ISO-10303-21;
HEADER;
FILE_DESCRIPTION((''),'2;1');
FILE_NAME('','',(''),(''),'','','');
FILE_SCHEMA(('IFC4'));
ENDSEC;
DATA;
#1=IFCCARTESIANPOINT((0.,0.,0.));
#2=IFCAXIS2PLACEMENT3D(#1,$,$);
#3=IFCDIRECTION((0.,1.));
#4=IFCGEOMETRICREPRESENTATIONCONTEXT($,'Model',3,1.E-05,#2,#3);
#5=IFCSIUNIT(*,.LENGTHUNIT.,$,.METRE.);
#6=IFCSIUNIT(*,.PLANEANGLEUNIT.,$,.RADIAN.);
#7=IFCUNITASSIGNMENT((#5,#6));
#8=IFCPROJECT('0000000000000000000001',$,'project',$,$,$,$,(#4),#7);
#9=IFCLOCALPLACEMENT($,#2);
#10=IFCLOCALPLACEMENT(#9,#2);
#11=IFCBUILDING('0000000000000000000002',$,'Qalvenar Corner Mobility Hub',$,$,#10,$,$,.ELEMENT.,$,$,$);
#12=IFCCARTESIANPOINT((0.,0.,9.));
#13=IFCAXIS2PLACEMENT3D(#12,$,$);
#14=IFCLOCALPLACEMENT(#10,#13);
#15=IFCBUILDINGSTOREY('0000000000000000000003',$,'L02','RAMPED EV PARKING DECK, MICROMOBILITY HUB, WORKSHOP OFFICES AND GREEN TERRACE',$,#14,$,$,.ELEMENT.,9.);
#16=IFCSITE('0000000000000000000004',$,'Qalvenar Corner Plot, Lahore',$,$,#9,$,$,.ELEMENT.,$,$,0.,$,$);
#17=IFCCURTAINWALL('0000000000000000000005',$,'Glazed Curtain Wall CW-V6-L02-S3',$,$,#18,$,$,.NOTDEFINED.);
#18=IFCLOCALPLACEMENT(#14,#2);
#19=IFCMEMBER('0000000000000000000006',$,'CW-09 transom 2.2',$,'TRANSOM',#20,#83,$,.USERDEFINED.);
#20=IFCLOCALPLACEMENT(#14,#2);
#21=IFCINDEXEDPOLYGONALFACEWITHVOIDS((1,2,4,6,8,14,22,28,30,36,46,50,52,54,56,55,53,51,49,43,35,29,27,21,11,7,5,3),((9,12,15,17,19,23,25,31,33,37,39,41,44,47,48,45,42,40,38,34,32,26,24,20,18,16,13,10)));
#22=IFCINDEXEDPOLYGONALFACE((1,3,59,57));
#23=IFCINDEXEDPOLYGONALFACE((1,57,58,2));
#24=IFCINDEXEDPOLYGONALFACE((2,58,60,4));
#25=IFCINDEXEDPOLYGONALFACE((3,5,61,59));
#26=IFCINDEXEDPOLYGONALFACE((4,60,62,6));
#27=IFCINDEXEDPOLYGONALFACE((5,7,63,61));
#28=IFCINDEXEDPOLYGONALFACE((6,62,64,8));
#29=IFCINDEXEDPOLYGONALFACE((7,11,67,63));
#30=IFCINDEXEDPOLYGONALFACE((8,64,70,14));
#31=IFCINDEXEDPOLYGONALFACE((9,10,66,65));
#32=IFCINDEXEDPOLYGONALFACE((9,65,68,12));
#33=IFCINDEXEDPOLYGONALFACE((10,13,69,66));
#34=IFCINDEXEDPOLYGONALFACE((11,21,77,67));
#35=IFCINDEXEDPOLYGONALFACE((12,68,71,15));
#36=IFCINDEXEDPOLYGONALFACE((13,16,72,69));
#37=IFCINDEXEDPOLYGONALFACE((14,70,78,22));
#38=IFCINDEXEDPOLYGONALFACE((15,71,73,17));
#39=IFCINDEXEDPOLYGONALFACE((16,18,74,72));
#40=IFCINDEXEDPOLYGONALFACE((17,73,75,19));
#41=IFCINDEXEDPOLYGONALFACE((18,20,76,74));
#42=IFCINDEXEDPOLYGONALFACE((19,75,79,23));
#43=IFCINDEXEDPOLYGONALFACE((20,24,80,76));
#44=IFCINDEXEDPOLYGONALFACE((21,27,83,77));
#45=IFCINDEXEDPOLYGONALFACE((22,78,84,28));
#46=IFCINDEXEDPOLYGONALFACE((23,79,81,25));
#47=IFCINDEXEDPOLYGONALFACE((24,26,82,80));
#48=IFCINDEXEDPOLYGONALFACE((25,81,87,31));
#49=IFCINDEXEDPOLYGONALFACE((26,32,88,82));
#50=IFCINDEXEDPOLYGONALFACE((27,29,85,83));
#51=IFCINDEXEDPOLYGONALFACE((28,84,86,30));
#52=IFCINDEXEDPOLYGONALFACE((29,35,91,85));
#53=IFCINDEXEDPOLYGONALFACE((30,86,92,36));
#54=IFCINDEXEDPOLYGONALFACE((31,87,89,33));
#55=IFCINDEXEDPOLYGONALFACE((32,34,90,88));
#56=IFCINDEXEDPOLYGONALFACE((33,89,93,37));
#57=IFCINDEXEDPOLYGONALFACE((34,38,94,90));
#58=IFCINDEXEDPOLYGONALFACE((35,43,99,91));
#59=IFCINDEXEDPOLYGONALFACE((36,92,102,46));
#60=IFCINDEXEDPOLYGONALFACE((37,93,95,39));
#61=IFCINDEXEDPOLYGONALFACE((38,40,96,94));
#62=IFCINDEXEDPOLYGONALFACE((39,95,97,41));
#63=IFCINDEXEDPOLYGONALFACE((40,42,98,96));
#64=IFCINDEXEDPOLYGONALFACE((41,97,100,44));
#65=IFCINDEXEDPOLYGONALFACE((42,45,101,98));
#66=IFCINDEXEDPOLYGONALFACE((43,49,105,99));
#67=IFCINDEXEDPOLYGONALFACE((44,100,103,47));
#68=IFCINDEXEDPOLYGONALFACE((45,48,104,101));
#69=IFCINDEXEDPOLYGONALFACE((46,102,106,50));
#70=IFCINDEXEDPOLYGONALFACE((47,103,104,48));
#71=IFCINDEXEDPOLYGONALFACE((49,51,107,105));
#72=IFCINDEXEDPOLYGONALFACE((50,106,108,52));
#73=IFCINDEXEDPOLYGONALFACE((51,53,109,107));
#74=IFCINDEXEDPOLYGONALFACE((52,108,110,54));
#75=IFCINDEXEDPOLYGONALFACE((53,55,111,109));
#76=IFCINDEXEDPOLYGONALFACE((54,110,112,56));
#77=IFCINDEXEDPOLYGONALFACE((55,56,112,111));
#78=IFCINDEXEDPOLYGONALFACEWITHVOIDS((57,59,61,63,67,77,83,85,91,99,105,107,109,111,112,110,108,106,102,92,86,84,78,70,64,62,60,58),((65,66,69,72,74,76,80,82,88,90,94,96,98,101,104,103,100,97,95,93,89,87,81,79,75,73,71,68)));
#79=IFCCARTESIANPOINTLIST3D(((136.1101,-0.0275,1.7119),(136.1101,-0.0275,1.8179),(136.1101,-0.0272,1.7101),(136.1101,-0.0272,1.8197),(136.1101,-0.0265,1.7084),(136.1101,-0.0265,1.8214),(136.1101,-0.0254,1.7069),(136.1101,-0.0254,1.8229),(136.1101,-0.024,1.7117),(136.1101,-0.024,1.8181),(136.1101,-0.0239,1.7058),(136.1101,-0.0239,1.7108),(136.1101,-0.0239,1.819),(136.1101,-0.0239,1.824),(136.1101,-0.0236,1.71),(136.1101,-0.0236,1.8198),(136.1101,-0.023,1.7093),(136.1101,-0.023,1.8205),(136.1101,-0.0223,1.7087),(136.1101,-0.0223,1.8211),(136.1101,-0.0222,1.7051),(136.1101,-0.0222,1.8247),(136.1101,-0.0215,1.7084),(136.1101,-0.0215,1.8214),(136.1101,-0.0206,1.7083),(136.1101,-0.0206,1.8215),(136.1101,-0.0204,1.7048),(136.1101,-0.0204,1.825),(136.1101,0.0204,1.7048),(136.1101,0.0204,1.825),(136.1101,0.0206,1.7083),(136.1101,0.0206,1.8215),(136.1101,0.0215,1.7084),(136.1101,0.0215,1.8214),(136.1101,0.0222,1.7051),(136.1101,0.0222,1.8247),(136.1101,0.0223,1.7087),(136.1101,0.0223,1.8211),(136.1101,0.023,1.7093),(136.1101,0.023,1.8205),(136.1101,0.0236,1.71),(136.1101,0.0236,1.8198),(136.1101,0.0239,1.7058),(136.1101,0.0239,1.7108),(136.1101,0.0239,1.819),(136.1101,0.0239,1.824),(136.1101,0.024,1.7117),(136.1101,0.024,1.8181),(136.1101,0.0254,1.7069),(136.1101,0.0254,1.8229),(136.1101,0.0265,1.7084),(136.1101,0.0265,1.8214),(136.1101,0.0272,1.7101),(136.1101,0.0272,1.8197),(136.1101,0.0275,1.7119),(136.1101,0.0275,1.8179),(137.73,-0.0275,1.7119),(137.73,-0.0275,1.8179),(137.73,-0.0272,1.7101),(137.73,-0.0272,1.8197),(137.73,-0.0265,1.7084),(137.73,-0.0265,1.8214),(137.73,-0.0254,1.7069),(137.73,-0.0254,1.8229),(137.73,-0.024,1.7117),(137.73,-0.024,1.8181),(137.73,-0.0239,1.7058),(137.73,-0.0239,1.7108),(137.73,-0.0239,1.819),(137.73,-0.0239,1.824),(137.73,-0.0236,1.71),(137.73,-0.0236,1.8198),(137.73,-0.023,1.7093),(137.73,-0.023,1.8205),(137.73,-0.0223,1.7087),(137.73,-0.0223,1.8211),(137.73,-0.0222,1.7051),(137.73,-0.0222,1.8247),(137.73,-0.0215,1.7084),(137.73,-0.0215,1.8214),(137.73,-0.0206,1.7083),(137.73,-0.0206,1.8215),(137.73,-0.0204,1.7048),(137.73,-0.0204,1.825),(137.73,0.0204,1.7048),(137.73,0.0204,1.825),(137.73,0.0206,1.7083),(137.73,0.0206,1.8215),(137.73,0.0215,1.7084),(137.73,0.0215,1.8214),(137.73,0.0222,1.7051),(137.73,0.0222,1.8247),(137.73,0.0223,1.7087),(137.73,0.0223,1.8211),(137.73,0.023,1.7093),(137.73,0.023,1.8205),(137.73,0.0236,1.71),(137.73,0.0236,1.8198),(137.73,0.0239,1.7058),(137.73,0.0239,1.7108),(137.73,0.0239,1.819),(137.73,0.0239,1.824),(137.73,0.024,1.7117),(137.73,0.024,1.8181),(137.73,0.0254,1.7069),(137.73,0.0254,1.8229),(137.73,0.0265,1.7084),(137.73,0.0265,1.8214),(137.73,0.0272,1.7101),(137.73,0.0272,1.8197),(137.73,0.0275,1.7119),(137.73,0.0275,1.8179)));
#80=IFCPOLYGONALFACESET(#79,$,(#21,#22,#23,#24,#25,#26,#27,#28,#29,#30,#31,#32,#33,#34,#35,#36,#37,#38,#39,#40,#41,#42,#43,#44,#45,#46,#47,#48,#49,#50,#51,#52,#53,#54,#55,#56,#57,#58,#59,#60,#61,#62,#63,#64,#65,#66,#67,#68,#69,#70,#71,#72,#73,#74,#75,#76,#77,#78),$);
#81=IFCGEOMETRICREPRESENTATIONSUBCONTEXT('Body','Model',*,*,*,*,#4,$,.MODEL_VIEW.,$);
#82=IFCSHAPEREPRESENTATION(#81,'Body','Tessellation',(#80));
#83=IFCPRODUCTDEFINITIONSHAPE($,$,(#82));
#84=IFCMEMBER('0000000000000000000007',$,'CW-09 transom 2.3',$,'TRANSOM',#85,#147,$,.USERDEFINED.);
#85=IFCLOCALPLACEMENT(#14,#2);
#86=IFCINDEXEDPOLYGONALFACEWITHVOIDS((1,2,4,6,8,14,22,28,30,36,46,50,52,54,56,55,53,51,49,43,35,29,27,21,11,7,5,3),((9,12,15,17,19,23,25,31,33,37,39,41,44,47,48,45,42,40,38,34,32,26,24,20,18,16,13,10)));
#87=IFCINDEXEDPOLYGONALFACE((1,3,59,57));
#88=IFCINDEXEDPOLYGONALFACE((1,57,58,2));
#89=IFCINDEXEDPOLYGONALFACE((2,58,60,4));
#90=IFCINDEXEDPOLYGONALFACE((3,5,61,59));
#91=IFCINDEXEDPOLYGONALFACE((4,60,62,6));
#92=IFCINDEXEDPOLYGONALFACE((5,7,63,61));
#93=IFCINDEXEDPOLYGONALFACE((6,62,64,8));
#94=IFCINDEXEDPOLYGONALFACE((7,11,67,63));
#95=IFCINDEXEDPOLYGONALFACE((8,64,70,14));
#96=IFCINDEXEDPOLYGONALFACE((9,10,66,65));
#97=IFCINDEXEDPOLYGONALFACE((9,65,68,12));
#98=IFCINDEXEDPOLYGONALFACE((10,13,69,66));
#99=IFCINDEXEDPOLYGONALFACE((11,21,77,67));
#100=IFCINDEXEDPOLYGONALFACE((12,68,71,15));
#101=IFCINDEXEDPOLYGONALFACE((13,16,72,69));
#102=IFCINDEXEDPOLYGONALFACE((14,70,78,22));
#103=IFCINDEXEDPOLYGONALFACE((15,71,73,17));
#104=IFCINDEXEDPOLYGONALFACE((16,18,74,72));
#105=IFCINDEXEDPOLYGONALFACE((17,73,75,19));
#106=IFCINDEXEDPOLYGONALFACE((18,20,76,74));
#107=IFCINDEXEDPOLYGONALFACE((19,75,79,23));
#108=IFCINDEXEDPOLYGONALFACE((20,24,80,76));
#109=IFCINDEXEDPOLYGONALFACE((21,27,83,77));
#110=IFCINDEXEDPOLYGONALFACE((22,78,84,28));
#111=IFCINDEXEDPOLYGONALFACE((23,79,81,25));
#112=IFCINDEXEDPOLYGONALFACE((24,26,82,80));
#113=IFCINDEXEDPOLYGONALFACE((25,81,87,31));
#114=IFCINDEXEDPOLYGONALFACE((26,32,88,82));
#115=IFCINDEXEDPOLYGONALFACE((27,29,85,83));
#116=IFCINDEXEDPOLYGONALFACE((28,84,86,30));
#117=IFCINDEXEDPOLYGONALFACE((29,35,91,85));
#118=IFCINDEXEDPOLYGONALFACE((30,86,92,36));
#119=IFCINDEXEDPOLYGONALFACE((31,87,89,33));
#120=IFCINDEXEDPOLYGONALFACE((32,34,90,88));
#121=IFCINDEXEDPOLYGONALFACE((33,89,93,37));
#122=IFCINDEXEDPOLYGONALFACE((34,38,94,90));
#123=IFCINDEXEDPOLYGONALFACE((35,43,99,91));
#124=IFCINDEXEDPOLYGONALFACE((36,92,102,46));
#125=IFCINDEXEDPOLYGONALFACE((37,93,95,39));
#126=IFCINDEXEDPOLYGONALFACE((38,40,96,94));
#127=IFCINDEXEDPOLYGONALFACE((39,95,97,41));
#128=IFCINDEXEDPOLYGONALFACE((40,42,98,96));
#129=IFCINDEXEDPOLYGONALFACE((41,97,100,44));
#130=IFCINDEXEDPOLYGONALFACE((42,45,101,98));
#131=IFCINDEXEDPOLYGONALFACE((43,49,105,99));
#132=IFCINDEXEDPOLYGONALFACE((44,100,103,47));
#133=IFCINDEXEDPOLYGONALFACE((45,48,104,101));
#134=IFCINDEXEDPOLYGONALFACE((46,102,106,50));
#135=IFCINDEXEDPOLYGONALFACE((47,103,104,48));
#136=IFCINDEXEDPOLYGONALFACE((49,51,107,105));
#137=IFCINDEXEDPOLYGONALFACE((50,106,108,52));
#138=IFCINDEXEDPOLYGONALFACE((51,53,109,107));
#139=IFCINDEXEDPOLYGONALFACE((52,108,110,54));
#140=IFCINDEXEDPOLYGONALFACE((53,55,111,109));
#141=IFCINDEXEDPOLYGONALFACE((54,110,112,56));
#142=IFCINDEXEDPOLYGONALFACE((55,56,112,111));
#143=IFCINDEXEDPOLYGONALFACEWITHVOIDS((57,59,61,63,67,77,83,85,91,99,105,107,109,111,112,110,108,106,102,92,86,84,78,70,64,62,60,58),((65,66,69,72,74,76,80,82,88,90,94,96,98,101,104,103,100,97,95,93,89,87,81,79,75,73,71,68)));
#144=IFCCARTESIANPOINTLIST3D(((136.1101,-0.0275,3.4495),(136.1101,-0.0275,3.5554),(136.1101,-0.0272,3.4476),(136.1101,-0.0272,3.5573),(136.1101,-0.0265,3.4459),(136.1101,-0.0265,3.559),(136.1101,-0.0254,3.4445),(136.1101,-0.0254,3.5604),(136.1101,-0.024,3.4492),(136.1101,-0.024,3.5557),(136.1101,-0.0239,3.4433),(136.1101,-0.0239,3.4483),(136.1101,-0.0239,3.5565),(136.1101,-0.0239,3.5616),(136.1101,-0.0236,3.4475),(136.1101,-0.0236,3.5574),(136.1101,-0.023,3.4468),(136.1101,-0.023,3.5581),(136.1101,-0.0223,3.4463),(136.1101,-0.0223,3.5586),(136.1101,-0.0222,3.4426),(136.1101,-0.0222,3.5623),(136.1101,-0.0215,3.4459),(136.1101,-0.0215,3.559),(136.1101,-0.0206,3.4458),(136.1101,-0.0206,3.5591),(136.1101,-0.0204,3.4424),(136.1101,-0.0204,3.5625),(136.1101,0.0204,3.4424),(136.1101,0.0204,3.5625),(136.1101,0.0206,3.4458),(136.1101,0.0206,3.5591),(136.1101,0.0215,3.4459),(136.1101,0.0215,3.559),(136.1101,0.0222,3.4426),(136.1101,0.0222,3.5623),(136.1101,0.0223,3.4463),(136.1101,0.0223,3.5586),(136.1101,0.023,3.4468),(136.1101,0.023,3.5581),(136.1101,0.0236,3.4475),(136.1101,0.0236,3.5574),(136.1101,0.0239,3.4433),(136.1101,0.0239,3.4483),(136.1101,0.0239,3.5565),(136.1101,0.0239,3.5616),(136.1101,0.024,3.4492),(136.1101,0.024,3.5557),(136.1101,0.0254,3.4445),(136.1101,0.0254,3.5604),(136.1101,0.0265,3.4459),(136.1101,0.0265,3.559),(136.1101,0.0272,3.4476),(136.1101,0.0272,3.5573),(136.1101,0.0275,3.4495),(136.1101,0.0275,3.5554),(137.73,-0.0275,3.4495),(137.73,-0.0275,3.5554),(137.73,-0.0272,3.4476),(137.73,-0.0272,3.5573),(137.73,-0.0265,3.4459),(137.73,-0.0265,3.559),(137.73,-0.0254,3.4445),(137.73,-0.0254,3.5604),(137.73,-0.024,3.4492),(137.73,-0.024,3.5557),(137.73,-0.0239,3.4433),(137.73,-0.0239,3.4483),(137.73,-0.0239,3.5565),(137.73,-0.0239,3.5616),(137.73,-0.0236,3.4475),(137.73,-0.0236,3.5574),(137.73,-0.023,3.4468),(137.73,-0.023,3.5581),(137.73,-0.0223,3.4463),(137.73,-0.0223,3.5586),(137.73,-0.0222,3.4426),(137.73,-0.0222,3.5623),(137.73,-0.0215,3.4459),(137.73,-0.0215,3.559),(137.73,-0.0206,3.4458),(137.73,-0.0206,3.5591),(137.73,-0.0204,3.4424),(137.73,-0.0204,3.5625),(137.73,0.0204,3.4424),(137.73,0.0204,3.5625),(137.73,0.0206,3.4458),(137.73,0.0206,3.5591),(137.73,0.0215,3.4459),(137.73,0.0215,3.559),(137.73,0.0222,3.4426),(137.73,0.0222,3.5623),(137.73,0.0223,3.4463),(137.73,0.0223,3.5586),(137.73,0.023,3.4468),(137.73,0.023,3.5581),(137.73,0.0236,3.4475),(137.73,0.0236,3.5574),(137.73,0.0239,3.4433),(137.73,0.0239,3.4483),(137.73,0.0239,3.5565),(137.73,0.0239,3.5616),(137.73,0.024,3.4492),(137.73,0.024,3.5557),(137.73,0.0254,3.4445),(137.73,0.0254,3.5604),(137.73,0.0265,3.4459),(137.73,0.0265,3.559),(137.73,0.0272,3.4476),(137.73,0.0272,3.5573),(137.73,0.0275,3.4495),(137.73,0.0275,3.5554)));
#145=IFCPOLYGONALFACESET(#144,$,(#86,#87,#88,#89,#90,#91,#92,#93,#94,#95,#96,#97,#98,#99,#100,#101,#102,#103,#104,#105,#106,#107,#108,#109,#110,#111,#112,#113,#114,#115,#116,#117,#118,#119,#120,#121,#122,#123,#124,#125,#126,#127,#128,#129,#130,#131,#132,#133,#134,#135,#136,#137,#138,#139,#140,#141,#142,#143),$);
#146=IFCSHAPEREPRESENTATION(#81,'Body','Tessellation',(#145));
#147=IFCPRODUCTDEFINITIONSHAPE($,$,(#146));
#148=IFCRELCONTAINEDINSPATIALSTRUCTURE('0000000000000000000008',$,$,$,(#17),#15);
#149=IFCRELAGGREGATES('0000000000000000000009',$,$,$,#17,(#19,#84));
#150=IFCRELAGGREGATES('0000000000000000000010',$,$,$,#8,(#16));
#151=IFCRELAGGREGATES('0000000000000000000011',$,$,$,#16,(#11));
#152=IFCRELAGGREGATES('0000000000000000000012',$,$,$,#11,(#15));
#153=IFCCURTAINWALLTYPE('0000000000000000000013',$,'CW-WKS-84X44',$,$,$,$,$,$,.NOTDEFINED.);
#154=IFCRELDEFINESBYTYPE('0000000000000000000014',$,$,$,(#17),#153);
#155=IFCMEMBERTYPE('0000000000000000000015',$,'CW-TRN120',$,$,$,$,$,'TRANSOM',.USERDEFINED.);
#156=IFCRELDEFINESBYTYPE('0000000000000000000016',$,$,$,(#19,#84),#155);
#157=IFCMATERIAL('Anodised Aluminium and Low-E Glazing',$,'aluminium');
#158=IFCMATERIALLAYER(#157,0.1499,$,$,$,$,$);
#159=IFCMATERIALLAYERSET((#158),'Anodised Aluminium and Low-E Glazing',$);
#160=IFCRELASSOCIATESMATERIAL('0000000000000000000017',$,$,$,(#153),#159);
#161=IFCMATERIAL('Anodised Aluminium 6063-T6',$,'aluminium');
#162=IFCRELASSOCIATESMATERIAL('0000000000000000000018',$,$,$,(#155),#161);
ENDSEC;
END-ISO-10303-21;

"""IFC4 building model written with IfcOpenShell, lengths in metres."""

from ifc_helpers import new_model, si_unit, direction, frame, origin, origin_2d, place, context, subcontext, project, spatial, hollow_rectangle, extrude, material, layer, layer_set, material_profile, profile_set, type_object, element, aggregate, save


model = new_model("IFC4")

# Units and contexts
model_context = context("Model", 3, precision=1e-05, world=origin(), true_north=direction((0.0, 1.0)))
body_context = subcontext(model_context, "Body", "Model", "MODEL_VIEW")
ifc_project = project(units=[si_unit("LENGTHUNIT", "METRE"), si_unit("PLANEANGLEUNIT", "RADIAN")], contexts=[model_context])

# Site, building, storey
site_placement = place(None, origin())
site = spatial("IfcSite", under=ifc_project, at=site_placement, Name="Qalvenar Corner Plot, Lahore", CompositionType="ELEMENT", RefElevation=0.0)
building_placement = place(site_placement, origin())
building = spatial("IfcBuilding", under=site, at=building_placement, Name="Qalvenar Corner Mobility Hub", CompositionType="ELEMENT")
storey_placement = place(building_placement, frame((0.0, 0.0, 9.0)))
storey = spatial("IfcBuildingStorey", under=building, at=storey_placement, Name="L02", Description="RAMPED EV PARKING DECK, MICROMOBILITY HUB, WORKSHOP OFFICES AND GREEN TERRACE", CompositionType="ELEMENT", Elevation=9.0)

# Curtain wall, members
ifc_material_1 = material(Name="Anodised Aluminium and Low-E Glazing", Category="aluminium")
ifc_layer_1 = layer(ifc_material_1, 0.1499)
ifc_layer_set_1 = layer_set([ifc_layer_1], Name="Anodised Aluminium and Low-E Glazing")
curtain_wall_type = type_object("IfcCurtainWallType", Name="CW-WKS-84X44", PredefinedType="NOTDEFINED", material=ifc_layer_set_1)
curtain_wall_placement = place(storey_placement, origin())
curtain_wall = element("IfcCurtainWall", 1, at=curtain_wall_placement, inside=storey, type_object=curtain_wall_type, Name="Glazed Curtain Wall CW-V6-L02-S3", PredefinedType="NOTDEFINED")
ifc_material_2 = material(Name="Anodised Aluminium 6063-T6", Category="aluminium")
ifc_material_profile_1 = material_profile(ifc_material_2, hollow_rectangle(XDim=0.0549, YDim=0.1201, WallThickness=0.0034, InnerFilletRadius=0.0034, OuterFilletRadius=0.0071, at=origin_2d()), Name="RHS120x55x3.5")
ifc_profile_set_1 = profile_set([ifc_material_profile_1], Name="Anodised Aluminium 6063-T6")
member_type_1 = type_object("IfcMemberType", Name="CW-TRN120", ElementType="TRANSOM", PredefinedType="USERDEFINED", material=ifc_profile_set_1)
member_1_placement = place(storey_placement, frame((136.1101, 0.0, 1.7649), z_axis=(1.0, 0.0, 0.0), x_axis=(0.0, 1.0, 0.0)))
member_1 = element("IfcMember", 2, at=member_1_placement, type_object=member_type_1, Name="CW-09 transom 2.2", ObjectType="TRANSOM", PredefinedType="USERDEFINED", context=body_context, shape_type="SweptSolid", body=[
    extrude(hollow_rectangle(XDim=0.0549, YDim=0.1201, WallThickness=0.0034, InnerFilletRadius=0.0034, OuterFilletRadius=0.0071, at=origin_2d()), origin(), (0.0, 0.0, 1.0), 1.6199),
])
member_2_placement = place(storey_placement, frame((136.1101, 0.0, 3.5024), z_axis=(1.0, 0.0, 0.0), x_axis=(0.0, 1.0, 0.0)))
member_2 = element("IfcMember", 3, at=member_2_placement, type_object=member_type_1, Name="CW-09 transom 2.3", ObjectType="TRANSOM", PredefinedType="USERDEFINED", context=body_context, shape_type="SweptSolid", body=[
    extrude(hollow_rectangle(XDim=0.0549, YDim=0.1201, WallThickness=0.0034, InnerFilletRadius=0.0034, OuterFilletRadius=0.0071, at=origin_2d()), origin(), (0.0, 0.0, 1.0), 1.6199),
])
aggregate(curtain_wall, [member_1, member_2])

save(model, "model.ifc")
